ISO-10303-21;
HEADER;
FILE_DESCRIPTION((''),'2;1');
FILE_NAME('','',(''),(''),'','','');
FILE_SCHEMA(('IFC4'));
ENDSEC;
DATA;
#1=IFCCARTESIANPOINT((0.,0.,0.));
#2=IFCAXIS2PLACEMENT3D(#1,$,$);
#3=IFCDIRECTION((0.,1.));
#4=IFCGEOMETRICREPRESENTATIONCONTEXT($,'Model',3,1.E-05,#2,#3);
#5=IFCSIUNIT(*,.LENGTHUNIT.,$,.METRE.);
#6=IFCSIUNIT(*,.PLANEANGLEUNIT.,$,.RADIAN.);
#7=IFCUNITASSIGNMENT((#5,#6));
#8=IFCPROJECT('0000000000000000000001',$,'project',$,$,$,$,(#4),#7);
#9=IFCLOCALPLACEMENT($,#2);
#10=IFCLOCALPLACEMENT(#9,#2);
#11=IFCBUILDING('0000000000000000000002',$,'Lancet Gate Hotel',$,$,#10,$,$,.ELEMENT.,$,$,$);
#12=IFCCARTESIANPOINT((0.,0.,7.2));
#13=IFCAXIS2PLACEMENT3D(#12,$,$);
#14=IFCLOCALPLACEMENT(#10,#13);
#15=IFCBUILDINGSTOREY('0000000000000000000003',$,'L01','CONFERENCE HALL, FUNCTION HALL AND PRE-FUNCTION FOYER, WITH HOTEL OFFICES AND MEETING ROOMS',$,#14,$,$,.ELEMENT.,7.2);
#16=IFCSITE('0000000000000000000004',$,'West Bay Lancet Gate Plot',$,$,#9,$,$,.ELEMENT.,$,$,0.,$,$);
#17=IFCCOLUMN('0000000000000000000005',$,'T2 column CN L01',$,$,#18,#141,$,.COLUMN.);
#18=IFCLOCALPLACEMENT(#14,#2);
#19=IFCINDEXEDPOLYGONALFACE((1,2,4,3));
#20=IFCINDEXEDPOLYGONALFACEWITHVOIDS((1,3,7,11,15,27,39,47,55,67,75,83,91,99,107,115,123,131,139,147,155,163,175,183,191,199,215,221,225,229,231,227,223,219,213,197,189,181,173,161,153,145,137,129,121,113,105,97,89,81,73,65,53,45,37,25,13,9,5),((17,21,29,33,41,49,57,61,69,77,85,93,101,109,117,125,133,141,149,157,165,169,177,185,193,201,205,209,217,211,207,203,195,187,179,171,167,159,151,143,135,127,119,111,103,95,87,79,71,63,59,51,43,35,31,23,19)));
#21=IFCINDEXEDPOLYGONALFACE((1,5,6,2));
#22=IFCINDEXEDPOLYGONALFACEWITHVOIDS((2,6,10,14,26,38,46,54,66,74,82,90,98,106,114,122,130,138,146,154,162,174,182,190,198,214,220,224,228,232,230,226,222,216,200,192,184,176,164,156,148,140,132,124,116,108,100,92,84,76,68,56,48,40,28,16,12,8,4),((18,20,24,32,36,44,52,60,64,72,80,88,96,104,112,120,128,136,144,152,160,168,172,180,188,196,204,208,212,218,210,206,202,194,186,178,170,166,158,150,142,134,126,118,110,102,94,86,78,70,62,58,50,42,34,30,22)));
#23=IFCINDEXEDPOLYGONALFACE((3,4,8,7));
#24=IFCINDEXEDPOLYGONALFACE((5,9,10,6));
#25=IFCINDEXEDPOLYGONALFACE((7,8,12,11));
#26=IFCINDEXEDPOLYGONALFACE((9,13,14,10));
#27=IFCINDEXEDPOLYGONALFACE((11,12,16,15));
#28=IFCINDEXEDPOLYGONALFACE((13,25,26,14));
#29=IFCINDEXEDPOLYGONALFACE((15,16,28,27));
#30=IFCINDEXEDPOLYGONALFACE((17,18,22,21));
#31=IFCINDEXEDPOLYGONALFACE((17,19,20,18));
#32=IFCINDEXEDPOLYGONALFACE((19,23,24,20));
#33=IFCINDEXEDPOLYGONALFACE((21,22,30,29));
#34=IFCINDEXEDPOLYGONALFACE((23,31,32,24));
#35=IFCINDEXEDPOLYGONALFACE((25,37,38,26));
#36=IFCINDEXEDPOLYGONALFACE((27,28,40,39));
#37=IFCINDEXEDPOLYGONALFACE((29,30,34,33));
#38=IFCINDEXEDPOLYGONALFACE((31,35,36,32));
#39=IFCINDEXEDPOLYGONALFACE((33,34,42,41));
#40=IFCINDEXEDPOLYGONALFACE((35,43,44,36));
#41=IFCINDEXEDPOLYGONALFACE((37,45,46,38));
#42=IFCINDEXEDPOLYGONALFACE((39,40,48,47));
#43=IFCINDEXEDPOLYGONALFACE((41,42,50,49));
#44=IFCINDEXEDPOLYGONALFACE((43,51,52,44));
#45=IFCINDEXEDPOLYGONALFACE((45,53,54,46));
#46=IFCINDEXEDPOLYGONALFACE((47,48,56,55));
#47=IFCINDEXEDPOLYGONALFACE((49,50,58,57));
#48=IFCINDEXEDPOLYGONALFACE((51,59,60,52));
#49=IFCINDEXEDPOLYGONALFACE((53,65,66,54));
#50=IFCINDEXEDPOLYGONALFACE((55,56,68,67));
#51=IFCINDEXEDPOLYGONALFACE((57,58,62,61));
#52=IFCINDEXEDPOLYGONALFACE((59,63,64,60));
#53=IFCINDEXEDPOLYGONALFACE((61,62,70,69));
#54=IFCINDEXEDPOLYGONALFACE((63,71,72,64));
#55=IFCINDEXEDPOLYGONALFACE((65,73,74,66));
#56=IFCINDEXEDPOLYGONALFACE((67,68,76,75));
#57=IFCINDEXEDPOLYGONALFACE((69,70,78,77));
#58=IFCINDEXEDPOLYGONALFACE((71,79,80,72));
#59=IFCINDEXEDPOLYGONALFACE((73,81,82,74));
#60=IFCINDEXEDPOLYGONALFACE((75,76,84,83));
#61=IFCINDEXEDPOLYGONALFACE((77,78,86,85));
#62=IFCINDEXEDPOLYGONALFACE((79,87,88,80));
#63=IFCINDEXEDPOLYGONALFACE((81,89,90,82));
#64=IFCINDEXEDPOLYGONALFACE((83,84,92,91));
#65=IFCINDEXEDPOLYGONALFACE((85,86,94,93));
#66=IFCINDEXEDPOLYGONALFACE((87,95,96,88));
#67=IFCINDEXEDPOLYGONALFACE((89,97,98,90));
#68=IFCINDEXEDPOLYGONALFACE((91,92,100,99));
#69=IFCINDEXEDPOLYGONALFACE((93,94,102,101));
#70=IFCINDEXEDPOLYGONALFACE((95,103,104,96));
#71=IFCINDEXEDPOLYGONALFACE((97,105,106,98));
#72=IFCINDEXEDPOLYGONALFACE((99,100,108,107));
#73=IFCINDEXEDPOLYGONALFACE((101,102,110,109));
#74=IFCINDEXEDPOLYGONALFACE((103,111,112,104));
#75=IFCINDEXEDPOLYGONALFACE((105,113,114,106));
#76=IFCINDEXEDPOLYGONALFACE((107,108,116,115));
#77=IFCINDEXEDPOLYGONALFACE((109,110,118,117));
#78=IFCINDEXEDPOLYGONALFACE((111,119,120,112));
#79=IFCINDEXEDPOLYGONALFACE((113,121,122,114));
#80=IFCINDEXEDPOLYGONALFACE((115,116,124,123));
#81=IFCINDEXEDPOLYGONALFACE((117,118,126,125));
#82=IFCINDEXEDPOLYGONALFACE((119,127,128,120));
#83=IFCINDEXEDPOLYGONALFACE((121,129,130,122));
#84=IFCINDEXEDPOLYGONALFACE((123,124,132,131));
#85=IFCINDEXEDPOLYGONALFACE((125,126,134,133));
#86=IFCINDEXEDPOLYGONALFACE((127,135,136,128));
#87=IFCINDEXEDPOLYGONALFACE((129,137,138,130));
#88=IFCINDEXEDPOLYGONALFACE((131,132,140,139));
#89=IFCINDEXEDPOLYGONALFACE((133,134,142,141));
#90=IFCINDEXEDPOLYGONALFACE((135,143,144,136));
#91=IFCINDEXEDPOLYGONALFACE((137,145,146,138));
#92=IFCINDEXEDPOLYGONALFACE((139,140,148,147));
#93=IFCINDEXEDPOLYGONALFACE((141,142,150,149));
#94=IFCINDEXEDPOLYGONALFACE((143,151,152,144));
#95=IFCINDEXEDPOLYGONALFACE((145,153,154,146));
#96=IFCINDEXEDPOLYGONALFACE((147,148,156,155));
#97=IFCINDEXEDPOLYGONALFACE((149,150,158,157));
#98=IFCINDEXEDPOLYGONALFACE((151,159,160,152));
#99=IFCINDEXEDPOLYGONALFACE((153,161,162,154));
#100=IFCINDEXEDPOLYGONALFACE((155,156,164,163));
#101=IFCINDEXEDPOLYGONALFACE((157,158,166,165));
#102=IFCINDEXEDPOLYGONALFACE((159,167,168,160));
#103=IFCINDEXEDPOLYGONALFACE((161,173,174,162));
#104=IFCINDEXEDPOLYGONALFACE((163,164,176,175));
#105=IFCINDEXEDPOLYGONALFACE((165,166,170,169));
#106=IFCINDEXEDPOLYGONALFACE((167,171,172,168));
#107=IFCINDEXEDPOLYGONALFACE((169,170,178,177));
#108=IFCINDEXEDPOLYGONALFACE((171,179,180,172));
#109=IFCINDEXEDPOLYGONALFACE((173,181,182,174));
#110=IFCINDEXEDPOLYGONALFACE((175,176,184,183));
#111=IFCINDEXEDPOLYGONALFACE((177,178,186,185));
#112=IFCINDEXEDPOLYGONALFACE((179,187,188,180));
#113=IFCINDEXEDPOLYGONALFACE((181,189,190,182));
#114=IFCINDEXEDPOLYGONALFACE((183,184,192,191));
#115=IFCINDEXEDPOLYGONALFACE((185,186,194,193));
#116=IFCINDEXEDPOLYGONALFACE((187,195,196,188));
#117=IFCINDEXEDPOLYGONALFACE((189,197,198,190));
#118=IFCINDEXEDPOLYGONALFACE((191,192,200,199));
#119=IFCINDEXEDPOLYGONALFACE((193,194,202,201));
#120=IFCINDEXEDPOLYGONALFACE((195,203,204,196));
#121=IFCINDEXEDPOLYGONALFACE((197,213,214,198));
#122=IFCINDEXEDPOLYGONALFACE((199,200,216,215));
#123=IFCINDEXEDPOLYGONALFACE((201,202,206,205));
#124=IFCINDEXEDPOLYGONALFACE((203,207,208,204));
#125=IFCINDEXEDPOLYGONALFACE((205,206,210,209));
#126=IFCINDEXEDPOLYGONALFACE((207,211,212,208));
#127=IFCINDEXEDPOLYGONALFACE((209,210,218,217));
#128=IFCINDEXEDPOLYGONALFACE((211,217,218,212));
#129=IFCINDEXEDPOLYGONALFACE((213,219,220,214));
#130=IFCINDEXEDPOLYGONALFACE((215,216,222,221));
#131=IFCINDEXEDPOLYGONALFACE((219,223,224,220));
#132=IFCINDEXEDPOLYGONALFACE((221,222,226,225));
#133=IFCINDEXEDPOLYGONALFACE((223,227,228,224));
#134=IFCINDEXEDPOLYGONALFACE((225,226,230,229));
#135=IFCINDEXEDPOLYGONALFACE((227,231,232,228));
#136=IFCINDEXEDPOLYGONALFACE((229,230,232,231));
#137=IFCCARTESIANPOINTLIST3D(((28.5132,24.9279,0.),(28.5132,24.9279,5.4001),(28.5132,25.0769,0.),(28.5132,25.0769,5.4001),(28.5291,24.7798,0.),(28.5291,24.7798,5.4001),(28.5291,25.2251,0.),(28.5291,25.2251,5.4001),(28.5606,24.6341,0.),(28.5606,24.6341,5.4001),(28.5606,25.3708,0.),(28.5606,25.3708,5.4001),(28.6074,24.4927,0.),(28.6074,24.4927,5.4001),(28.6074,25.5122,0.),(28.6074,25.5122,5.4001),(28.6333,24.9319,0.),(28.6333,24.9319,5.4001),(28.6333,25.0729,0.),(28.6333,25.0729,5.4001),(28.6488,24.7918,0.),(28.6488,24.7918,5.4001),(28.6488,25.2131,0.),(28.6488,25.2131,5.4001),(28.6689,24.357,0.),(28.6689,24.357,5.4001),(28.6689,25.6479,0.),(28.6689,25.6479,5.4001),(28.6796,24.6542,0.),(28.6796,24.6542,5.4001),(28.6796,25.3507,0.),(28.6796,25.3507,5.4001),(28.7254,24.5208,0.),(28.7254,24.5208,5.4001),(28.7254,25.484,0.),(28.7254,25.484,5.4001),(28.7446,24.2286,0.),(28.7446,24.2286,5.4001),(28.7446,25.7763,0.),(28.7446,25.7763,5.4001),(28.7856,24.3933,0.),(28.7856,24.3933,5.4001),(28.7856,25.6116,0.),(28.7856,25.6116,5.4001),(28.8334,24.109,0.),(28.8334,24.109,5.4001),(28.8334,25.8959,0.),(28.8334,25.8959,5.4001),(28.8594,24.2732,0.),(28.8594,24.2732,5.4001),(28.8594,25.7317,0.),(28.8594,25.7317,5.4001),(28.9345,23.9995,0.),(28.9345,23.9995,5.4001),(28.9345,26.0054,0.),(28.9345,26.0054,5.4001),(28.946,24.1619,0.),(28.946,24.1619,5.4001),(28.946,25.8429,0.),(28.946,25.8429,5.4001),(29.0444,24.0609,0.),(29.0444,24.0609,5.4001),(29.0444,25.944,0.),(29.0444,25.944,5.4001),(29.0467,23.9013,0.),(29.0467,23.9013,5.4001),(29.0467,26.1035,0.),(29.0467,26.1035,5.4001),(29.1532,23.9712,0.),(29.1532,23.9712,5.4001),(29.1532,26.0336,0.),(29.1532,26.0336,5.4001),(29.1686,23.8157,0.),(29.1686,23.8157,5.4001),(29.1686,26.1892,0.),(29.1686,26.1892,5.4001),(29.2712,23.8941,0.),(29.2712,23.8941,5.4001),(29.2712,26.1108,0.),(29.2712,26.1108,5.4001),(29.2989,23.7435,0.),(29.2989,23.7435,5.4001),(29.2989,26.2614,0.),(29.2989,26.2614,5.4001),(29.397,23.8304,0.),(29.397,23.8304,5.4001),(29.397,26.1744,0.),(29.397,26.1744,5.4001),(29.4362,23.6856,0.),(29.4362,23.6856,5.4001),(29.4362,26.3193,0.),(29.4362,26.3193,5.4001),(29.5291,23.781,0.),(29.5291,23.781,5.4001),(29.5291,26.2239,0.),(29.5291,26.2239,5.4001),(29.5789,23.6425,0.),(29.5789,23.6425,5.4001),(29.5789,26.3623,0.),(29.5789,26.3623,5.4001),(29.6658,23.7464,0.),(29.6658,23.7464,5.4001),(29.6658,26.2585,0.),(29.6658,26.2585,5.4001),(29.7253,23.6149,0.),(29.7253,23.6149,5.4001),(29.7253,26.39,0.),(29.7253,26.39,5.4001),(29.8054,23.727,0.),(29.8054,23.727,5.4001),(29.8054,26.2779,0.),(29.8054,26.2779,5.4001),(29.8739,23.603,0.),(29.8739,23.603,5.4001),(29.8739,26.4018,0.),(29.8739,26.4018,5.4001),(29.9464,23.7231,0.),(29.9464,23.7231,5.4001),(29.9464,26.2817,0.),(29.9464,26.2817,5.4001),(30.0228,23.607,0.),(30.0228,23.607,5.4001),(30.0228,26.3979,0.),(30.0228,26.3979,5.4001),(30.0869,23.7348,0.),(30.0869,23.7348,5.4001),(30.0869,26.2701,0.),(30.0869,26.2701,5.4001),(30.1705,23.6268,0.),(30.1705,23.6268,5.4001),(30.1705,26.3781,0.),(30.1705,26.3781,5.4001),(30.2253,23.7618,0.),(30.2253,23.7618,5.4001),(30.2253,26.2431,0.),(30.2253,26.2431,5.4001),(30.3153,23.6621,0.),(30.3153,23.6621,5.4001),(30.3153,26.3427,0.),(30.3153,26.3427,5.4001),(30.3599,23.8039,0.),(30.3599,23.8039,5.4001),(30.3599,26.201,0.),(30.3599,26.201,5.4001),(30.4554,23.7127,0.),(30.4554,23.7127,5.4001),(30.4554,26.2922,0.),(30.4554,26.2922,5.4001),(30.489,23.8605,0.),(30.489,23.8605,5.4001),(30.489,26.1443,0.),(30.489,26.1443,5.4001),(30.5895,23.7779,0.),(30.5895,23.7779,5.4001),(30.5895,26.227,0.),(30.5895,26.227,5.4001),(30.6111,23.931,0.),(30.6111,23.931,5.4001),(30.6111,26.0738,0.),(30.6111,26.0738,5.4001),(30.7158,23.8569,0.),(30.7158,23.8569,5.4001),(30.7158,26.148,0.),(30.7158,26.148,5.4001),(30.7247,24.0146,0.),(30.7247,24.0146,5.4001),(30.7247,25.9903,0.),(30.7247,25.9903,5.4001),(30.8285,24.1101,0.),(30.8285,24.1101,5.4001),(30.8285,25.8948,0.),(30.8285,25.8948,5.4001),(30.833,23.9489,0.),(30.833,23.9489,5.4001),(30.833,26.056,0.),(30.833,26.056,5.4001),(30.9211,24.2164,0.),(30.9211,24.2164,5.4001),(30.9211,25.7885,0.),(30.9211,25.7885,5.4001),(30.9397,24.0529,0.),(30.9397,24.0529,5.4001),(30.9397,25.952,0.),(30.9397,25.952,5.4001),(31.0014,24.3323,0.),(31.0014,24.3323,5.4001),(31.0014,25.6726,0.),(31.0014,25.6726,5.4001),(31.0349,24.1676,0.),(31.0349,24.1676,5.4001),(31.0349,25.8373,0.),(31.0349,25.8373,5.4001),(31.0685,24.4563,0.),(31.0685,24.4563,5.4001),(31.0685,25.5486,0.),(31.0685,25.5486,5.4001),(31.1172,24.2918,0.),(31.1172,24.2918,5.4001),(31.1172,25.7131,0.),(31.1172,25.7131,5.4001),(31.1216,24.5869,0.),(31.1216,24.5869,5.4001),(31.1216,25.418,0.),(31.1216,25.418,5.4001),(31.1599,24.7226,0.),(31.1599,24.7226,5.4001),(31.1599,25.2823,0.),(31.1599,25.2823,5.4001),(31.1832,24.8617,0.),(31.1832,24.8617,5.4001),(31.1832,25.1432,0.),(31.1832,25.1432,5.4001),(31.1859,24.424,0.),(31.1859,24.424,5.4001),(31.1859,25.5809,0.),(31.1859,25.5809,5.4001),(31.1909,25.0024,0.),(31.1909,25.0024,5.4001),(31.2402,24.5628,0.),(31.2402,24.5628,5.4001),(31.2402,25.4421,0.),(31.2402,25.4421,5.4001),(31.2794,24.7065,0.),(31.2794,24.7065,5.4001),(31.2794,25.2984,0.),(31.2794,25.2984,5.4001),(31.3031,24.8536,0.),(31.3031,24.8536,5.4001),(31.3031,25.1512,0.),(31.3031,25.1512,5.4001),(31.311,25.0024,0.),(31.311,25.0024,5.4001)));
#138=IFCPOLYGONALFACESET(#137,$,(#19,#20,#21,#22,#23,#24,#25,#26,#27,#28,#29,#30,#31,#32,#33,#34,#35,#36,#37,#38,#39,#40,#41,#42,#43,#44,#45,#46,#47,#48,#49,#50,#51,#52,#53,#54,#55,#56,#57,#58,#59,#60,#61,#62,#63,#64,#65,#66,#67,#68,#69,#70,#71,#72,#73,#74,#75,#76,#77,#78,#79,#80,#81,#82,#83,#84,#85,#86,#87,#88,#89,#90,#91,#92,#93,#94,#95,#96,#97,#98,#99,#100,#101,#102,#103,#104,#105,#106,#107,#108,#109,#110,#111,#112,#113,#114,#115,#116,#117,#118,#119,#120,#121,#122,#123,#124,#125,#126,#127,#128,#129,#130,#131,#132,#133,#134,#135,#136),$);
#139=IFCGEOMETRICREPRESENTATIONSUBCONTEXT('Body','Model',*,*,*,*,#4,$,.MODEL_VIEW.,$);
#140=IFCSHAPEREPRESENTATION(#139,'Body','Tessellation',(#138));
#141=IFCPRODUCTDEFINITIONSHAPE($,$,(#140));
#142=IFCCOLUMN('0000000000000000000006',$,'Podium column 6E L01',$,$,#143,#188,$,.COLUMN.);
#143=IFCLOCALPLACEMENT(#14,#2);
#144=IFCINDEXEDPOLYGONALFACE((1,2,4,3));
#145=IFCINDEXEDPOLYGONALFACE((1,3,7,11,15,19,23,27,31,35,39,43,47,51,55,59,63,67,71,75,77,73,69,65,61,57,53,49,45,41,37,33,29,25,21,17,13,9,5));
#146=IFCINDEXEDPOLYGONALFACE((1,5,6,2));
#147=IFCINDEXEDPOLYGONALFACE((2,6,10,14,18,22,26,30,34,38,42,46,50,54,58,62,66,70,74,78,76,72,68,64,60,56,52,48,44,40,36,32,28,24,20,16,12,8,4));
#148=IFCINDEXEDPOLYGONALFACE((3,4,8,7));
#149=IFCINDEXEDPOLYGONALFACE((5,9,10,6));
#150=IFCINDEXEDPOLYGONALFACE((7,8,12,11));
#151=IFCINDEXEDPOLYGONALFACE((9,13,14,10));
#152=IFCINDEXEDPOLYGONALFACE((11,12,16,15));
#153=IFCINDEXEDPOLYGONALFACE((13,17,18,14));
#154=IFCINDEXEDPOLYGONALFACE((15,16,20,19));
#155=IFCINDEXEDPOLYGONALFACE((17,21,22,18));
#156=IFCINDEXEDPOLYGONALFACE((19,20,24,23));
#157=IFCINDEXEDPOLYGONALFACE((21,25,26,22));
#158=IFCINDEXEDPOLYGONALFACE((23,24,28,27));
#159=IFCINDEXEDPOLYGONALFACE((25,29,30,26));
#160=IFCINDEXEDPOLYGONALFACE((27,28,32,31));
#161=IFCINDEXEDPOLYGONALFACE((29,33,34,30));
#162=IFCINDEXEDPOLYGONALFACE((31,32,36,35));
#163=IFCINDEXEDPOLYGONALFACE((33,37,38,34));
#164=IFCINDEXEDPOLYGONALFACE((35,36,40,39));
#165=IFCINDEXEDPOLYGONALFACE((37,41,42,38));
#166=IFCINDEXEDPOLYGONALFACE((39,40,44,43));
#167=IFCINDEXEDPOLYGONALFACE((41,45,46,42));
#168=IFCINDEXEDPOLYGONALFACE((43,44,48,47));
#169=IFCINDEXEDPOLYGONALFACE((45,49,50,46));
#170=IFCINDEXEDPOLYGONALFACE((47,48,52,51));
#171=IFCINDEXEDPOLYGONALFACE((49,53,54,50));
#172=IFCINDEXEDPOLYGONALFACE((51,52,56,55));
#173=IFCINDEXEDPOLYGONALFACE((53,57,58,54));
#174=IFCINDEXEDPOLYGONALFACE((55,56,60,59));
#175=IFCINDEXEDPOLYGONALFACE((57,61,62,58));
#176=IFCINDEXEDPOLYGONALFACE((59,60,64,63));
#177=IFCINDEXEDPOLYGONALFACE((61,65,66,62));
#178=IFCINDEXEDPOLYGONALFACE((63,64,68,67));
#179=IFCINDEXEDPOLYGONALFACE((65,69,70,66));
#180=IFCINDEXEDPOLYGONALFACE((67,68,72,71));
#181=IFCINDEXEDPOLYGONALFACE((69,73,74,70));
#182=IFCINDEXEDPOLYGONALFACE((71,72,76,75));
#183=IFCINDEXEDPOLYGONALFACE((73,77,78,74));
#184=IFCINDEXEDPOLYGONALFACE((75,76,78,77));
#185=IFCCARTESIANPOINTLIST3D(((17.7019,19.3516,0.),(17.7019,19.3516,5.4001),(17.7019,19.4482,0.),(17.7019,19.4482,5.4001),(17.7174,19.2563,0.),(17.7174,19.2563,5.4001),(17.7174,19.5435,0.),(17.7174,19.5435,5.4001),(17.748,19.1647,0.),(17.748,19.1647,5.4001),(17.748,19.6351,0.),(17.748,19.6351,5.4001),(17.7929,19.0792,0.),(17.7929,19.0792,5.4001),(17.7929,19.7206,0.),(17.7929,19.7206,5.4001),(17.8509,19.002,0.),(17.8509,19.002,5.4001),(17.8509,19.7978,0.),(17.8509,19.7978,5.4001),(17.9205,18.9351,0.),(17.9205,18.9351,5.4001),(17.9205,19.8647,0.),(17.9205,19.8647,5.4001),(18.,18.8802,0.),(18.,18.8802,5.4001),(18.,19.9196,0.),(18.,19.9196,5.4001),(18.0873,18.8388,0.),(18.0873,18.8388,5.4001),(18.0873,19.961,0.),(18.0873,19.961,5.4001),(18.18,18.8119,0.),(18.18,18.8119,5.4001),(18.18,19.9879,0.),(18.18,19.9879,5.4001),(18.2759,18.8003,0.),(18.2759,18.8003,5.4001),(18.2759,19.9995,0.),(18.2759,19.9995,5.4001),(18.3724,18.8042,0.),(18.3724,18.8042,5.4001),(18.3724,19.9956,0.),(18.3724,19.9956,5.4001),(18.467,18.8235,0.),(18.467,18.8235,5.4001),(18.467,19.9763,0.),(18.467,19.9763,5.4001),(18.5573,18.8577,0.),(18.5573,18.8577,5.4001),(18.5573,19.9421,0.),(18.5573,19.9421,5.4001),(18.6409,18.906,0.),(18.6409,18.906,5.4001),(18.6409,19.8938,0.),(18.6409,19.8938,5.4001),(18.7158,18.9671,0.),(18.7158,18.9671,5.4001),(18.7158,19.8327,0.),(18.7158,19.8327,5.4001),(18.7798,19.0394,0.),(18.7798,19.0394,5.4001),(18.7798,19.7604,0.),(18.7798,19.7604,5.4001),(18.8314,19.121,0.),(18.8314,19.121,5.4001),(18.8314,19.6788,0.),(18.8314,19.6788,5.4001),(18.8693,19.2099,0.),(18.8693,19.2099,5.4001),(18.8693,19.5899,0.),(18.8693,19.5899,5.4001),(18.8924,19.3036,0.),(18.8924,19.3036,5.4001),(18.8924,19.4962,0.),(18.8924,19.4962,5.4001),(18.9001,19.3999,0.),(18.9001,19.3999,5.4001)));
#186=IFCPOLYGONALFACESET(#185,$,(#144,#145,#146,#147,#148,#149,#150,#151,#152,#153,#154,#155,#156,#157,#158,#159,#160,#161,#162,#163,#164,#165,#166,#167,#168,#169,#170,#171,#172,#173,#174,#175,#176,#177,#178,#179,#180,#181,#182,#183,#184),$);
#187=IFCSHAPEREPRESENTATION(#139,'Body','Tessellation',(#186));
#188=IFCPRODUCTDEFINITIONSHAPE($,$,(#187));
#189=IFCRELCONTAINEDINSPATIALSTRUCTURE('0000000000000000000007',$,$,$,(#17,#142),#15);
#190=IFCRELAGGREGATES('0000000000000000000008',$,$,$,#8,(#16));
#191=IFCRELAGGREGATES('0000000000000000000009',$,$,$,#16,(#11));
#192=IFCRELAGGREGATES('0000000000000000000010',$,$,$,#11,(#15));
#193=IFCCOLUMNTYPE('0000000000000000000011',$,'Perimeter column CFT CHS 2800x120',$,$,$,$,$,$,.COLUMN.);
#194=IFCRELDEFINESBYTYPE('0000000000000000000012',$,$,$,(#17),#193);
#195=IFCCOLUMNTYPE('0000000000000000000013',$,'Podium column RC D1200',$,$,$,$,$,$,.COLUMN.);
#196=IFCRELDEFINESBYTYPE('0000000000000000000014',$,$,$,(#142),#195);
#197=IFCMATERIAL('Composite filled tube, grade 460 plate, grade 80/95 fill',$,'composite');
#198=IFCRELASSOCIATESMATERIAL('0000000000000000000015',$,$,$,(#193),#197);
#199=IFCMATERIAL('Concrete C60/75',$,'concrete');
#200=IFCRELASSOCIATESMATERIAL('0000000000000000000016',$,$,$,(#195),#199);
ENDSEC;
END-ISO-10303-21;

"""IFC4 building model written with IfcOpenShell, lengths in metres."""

from ifc_helpers import new_model, si_unit, direction, frame, origin, origin_2d, place, context, subcontext, project, spatial, circle, hollow_circle, extrude, material, material_profile, profile_set, type_object, element, save


model = new_model("IFC4")

# Units and contexts
model_context = context("Model", 3, precision=1e-05, world=origin(), true_north=direction((0.0, 1.0)))
body_context = subcontext(model_context, "Body", "Model", "MODEL_VIEW")
ifc_project = project(units=[si_unit("LENGTHUNIT", "METRE"), si_unit("PLANEANGLEUNIT", "RADIAN")], contexts=[model_context])

# Site, building, storey
site_placement = place(None, origin())
site = spatial("IfcSite", under=ifc_project, at=site_placement, Name="West Bay Lancet Gate Plot", CompositionType="ELEMENT", RefElevation=0.0)
building_placement = place(site_placement, origin())
building = spatial("IfcBuilding", under=site, at=building_placement, Name="Lancet Gate Hotel", CompositionType="ELEMENT")
storey_placement = place(building_placement, frame((0.0, 0.0, 7.2)))
storey = spatial("IfcBuildingStorey", under=building, at=storey_placement, Name="L01", Description="CONFERENCE HALL, FUNCTION HALL AND PRE-FUNCTION FOYER, WITH HOTEL OFFICES AND MEETING ROOMS", CompositionType="ELEMENT", Elevation=7.2)

# Columns
ifc_material_1 = material(Name="Composite filled tube, grade 460 plate, grade 80/95 fill", Category="composite")
ifc_material_profile_1 = material_profile(ifc_material_1, hollow_circle(Radius=1.3999, WallThickness=0.1201, at=origin_2d()), Name="CHS 2800x120")
ifc_profile_set_1 = profile_set([ifc_material_profile_1], Name="Composite filled tube, grade 460 plate, grade 80/95 fill")
column_type_1 = type_object("IfcColumnType", Name="Perimeter column CFT CHS 2800x120", PredefinedType="COLUMN", material=ifc_profile_set_1)
column_placement = place(storey_placement, frame((29.9111, 25.0024, 0.0), z_axis=(0.0, 0.0, 1.0), x_axis=(1.0, 0.0, 0.0)))
element("IfcColumn", 1, at=column_placement, inside=storey, type_object=column_type_1, Name="T2 column CN L01", PredefinedType="COLUMN", context=body_context, shape_type="SweptSolid", body=[
    extrude(hollow_circle(Radius=1.3999, WallThickness=0.1201, at=origin_2d()), origin(), (0.0, 0.0, 1.0), 5.4001),
])
ifc_material_2 = material(Name="Concrete C60/75", Category="concrete")
ifc_material_profile_2 = material_profile(ifc_material_2, circle(Radius=0.6001, at=origin_2d()), Name="RC D1200")
ifc_profile_set_2 = profile_set([ifc_material_profile_2], Name="Concrete C60/75")
column_type_2 = type_object("IfcColumnType", Name="Podium column RC D1200", PredefinedType="COLUMN", material=ifc_profile_set_2)
for number, where, z_axis, x_axis, name in (
    (2, (18.3, 19.3999, 0.0), (0.0, 0.0, 1.0), (1.0, 0.0, 0.0), "Podium column 6E L01"),
):
    element("IfcColumn", number, at=place(storey_placement, frame(where, z_axis=z_axis, x_axis=x_axis)), inside=storey, type_object=column_type_2, Name=name, PredefinedType="COLUMN", context=body_context, shape_type="SweptSolid", body=[
        extrude(circle(Radius=0.6001, at=origin_2d()), origin(), (0.0, 0.0, 1.0), 5.4001),
    ])

save(model, "model.ifc")
